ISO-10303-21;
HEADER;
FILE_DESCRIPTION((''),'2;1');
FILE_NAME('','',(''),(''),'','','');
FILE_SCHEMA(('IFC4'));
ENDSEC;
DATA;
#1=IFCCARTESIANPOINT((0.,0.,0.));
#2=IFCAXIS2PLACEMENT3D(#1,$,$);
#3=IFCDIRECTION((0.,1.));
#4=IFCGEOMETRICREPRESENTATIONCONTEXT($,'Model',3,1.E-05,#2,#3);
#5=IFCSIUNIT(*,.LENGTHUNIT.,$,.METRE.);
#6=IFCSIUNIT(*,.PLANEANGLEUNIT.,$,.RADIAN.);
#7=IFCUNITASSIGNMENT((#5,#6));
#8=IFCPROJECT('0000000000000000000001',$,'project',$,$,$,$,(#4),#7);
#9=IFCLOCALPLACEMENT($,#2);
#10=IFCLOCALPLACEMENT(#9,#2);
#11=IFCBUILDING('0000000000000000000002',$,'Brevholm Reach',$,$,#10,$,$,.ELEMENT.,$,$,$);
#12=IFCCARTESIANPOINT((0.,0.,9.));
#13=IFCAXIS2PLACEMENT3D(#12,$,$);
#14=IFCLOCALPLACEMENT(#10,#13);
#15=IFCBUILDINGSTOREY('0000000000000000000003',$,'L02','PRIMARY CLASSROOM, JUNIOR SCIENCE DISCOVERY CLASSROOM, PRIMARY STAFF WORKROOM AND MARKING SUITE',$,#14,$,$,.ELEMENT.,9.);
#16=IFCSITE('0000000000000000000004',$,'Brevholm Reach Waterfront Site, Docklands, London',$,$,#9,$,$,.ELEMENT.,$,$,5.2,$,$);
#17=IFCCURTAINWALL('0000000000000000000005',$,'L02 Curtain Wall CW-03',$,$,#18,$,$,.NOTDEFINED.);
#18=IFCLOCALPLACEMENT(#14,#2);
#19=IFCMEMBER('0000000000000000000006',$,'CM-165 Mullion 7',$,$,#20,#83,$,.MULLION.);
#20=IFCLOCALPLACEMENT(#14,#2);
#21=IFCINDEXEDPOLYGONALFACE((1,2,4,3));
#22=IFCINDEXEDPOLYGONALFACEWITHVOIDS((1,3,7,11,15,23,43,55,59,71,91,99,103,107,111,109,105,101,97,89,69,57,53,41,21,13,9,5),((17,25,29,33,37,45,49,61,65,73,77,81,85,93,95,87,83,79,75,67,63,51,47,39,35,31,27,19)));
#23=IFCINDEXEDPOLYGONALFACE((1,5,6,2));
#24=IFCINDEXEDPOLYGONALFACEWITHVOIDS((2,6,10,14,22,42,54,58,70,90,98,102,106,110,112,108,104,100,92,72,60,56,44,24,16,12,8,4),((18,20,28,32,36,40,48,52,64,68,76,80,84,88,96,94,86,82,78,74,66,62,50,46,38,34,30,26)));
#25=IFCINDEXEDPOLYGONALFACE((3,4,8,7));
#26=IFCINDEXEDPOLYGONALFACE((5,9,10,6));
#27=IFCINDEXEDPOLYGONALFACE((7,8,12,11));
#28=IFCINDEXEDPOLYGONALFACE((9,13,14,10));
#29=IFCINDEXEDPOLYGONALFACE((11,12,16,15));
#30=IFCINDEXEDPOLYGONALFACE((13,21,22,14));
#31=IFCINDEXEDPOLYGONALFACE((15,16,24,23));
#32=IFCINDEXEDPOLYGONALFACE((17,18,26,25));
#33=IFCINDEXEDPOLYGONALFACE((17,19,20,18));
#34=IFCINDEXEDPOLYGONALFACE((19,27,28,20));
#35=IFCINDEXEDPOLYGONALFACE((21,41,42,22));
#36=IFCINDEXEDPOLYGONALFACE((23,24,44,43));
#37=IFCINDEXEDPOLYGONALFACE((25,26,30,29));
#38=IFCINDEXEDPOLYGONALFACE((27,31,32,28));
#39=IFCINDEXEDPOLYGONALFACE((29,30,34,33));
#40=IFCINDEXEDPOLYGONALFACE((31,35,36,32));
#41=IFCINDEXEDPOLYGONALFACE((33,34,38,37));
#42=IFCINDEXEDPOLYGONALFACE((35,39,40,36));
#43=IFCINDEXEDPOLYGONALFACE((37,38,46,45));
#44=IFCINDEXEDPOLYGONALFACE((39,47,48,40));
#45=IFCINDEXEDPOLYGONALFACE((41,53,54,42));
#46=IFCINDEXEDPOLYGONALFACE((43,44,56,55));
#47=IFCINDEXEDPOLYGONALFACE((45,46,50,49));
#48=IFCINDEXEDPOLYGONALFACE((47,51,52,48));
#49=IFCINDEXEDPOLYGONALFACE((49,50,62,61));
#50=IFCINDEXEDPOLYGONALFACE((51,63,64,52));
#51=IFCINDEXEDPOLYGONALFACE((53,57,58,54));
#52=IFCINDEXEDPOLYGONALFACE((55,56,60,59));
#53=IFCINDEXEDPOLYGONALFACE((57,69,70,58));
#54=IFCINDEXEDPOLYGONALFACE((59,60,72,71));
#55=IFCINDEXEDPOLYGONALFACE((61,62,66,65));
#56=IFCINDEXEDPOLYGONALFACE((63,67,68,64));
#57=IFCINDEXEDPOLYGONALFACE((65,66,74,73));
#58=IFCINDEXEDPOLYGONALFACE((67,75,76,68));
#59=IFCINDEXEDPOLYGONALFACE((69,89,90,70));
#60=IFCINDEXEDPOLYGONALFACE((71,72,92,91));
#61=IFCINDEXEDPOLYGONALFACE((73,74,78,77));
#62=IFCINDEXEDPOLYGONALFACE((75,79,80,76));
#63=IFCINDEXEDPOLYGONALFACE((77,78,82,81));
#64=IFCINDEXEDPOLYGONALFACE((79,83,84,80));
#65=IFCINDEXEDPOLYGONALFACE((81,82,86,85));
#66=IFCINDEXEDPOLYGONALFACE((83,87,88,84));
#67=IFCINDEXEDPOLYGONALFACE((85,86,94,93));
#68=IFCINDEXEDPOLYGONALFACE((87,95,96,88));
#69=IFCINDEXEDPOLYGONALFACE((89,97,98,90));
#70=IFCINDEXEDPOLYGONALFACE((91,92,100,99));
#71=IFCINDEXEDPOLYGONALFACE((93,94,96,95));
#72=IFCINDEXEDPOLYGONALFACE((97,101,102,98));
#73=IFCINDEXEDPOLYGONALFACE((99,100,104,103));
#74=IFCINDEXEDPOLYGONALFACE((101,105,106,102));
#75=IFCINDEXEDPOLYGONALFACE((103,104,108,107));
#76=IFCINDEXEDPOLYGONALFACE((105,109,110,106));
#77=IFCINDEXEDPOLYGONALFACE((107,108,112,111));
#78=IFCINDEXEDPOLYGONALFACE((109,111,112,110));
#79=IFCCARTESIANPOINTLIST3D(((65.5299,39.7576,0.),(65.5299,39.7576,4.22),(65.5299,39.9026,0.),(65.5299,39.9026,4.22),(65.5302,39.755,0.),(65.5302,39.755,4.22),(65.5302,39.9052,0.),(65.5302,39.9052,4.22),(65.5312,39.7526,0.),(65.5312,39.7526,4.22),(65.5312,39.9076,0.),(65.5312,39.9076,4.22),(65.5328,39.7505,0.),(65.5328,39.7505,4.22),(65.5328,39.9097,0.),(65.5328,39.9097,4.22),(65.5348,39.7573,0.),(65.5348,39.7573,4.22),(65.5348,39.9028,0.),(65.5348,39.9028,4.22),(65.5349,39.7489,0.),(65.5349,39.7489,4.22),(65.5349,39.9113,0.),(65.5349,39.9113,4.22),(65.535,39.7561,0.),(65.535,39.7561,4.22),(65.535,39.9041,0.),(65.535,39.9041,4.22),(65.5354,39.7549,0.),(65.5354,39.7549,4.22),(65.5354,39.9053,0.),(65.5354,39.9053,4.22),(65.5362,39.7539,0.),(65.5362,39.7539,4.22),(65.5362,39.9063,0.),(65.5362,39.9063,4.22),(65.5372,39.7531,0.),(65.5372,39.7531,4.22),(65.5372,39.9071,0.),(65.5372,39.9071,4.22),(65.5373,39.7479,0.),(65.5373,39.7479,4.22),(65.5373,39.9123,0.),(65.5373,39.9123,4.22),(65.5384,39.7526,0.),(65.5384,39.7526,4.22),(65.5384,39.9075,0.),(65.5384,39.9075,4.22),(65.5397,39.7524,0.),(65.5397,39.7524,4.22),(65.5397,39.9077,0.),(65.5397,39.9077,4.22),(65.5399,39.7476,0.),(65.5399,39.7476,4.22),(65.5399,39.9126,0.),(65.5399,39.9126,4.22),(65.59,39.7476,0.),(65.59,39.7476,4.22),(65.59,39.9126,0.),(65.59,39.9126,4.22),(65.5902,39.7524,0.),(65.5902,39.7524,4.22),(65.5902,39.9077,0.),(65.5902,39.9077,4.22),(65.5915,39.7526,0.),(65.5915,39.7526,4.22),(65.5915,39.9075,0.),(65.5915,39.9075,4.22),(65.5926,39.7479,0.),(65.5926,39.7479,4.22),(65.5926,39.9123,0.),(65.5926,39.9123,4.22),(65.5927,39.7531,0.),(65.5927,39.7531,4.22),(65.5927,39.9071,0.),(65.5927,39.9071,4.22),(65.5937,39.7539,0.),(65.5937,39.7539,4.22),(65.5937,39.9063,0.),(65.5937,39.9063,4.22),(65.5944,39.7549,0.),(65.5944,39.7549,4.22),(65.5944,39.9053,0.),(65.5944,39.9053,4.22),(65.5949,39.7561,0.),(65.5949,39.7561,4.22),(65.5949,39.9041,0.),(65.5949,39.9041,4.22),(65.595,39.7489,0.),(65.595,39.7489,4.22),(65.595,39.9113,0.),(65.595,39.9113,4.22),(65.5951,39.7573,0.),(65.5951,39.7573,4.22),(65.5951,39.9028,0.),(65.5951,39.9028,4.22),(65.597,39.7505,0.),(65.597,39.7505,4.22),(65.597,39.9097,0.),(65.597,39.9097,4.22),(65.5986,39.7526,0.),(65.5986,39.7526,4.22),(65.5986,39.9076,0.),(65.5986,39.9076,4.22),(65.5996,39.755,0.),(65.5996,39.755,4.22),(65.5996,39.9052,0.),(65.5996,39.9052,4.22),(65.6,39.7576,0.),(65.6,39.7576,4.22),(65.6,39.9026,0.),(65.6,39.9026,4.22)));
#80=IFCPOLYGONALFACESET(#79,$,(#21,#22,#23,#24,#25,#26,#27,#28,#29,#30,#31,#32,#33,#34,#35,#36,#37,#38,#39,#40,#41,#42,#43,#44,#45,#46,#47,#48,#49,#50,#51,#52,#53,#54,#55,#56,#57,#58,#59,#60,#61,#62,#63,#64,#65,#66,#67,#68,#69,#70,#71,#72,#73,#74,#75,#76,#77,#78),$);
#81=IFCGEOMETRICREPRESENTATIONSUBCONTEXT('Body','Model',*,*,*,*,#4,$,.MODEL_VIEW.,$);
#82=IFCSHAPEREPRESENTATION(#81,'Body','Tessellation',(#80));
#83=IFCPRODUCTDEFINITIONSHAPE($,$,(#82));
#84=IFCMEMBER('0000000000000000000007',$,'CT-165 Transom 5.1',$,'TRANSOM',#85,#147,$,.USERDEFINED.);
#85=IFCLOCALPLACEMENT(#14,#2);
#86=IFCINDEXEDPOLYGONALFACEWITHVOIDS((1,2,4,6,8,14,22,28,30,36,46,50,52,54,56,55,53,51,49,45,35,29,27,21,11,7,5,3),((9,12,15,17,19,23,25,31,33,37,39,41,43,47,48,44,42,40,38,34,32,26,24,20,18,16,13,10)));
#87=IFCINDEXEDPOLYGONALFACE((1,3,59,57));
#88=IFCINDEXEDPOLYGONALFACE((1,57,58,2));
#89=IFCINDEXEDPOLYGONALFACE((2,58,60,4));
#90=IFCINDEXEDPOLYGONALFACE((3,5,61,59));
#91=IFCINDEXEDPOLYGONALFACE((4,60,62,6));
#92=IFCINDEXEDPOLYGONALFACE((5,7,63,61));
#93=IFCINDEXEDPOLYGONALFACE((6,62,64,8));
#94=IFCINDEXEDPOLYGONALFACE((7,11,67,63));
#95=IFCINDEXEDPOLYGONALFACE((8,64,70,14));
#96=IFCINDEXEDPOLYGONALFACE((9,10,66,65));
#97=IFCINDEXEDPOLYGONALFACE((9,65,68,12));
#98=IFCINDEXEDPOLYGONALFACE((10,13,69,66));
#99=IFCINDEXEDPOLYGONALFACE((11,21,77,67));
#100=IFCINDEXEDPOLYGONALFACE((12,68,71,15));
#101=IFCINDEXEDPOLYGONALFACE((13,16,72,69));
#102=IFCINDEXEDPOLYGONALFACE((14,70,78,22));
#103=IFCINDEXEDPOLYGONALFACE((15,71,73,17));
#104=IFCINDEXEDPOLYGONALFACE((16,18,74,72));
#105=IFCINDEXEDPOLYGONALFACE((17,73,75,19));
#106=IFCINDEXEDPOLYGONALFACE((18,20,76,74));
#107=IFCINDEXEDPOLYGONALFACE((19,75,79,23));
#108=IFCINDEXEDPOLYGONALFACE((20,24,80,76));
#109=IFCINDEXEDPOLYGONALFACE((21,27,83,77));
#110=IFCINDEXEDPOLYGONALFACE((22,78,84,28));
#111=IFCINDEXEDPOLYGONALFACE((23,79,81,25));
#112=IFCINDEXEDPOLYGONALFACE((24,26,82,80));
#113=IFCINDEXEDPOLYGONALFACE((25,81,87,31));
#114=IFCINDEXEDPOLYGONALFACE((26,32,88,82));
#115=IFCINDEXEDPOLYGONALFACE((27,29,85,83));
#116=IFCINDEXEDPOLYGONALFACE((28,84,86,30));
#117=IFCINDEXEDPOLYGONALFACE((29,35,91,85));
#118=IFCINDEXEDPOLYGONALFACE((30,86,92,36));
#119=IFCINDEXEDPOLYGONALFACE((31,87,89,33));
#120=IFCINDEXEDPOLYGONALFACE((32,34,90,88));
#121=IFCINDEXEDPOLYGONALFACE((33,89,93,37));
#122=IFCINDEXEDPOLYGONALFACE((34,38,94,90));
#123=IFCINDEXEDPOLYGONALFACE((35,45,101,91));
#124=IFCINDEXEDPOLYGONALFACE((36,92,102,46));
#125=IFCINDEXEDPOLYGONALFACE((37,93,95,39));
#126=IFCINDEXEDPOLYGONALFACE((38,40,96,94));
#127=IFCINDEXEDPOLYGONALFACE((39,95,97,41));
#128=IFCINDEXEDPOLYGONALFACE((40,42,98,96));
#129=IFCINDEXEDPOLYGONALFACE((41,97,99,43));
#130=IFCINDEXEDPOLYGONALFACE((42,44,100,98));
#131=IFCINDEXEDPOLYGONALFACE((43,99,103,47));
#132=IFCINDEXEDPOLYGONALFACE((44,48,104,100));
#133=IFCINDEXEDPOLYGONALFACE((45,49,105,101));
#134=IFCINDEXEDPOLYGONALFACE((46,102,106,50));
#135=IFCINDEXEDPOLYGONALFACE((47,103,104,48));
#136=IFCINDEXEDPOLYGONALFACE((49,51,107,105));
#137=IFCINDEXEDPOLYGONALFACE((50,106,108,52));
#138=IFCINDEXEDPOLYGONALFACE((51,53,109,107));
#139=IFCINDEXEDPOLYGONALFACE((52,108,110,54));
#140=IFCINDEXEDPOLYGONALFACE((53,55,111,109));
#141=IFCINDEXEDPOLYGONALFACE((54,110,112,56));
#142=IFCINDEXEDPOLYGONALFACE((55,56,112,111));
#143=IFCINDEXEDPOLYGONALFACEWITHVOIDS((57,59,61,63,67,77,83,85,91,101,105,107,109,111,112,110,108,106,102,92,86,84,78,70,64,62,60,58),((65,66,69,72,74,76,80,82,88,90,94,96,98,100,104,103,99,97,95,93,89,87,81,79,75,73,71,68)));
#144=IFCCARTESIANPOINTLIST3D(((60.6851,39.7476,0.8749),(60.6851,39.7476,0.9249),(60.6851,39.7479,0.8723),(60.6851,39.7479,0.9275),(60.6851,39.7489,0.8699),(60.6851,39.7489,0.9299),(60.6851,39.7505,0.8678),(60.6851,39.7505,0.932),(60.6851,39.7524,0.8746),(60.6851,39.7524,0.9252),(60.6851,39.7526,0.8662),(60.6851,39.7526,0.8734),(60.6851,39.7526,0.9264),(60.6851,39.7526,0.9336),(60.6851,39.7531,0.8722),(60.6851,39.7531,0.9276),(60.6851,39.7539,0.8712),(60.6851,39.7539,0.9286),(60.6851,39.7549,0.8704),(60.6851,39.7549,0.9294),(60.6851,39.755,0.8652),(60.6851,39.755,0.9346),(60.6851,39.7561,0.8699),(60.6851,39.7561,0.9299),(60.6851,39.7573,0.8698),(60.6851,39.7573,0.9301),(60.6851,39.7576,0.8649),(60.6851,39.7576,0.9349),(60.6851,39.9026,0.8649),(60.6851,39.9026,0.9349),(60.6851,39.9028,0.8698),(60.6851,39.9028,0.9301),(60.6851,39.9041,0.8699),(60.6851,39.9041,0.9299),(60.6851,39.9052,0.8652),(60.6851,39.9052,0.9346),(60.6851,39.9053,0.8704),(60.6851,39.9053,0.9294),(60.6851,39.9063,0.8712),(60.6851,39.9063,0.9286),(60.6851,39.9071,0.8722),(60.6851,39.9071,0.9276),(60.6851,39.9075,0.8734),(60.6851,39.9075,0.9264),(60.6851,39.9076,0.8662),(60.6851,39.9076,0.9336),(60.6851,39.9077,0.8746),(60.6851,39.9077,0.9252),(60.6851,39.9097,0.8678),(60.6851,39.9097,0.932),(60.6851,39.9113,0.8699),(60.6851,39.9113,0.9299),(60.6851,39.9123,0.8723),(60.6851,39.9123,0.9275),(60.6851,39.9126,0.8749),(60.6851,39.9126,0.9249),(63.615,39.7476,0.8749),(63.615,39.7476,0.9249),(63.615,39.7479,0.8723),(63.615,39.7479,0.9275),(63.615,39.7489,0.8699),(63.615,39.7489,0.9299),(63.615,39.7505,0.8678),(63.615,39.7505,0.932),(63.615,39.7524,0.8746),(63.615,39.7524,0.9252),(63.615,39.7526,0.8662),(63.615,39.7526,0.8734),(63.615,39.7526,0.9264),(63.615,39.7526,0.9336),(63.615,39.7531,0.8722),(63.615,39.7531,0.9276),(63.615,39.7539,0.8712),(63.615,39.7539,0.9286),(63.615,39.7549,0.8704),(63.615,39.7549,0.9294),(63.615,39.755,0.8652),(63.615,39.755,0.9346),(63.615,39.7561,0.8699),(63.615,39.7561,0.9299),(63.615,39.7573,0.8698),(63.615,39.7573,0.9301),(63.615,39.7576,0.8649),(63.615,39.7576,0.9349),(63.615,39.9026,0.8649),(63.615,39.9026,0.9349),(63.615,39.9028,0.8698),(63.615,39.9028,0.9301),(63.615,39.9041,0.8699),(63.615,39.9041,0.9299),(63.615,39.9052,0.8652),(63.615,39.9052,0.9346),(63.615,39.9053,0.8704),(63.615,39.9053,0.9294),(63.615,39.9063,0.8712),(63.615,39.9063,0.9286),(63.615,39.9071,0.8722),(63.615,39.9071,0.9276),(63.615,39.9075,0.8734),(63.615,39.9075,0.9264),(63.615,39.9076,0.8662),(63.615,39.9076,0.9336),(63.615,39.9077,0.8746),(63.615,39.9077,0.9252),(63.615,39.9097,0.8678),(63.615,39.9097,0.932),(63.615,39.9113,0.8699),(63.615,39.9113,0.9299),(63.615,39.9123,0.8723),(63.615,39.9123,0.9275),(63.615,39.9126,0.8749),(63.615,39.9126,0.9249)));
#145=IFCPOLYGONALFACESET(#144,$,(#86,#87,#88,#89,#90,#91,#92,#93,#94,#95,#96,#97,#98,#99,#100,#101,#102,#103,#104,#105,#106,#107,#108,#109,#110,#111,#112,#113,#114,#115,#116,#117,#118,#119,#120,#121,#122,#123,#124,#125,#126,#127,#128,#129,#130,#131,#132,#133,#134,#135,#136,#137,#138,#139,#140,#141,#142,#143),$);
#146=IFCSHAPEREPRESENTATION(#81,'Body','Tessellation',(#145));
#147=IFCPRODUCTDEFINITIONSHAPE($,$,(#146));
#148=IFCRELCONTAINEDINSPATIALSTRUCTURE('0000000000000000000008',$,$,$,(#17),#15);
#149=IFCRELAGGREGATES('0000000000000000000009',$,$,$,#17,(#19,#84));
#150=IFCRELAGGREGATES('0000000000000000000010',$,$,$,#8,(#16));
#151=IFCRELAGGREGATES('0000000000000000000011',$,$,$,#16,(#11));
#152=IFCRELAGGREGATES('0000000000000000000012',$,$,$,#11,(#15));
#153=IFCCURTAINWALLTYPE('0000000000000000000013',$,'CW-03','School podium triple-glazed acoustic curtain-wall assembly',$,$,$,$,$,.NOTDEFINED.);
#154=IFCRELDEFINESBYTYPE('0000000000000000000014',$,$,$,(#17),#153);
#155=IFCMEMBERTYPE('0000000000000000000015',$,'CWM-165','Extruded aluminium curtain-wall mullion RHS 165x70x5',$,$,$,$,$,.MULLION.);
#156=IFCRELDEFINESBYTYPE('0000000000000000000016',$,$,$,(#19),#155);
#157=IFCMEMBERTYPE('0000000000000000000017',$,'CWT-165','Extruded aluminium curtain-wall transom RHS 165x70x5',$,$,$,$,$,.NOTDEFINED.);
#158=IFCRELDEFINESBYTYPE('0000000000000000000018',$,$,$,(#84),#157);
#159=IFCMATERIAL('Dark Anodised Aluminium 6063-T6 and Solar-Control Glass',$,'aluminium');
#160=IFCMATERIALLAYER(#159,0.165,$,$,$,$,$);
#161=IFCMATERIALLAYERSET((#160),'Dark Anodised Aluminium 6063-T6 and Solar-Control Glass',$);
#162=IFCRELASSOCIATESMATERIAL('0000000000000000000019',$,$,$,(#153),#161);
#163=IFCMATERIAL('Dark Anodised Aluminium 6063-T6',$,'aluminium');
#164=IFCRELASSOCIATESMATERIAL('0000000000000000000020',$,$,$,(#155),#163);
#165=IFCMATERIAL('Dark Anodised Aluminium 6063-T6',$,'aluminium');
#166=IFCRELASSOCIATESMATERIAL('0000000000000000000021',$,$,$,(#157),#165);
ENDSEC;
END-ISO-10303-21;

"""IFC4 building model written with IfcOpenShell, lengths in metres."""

from ifc_helpers import new_model, si_unit, direction, frame, origin, origin_2d, place, context, subcontext, project, spatial, hollow_rectangle, extrude, material, layer, layer_set, material_profile, profile_set, type_object, element, aggregate, save


model = new_model("IFC4")

# Units and contexts
model_context = context("Model", 3, precision=1e-05, world=origin(), true_north=direction((0.0, 1.0)))
body_context = subcontext(model_context, "Body", "Model", "MODEL_VIEW")
ifc_project = project(units=[si_unit("LENGTHUNIT", "METRE"), si_unit("PLANEANGLEUNIT", "RADIAN")], contexts=[model_context])

# Site, building, storey
site_placement = place(None, origin())
site = spatial("IfcSite", under=ifc_project, at=site_placement, Name="Brevholm Reach Waterfront Site, Docklands, London", CompositionType="ELEMENT", RefElevation=5.2)
building_placement = place(site_placement, origin())
building = spatial("IfcBuilding", under=site, at=building_placement, Name="Brevholm Reach", CompositionType="ELEMENT")
storey_placement = place(building_placement, frame((0.0, 0.0, 9.0)))
storey = spatial("IfcBuildingStorey", under=building, at=storey_placement, Name="L02", Description="PRIMARY CLASSROOM, JUNIOR SCIENCE DISCOVERY CLASSROOM, PRIMARY STAFF WORKROOM AND MARKING SUITE", CompositionType="ELEMENT", Elevation=9.0)

# Curtain wall, members
ifc_material_1 = material(Name="Dark Anodised Aluminium 6063-T6 and Solar-Control Glass", Category="aluminium")
ifc_layer_1 = layer(ifc_material_1, 0.165)
ifc_layer_set_1 = layer_set([ifc_layer_1], Name="Dark Anodised Aluminium 6063-T6 and Solar-Control Glass")
curtain_wall_type = type_object("IfcCurtainWallType", Name="CW-03", Description="School podium triple-glazed acoustic curtain-wall assembly", PredefinedType="NOTDEFINED", material=ifc_layer_set_1)
curtain_wall_placement = place(storey_placement, origin())
curtain_wall = element("IfcCurtainWall", 1, at=curtain_wall_placement, inside=storey, type_object=curtain_wall_type, Name="L02 Curtain Wall CW-03", PredefinedType="NOTDEFINED")
ifc_material_2 = material(Name="Dark Anodised Aluminium 6063-T6", Category="aluminium")
ifc_material_profile_1 = material_profile(ifc_material_2, hollow_rectangle(XDim=0.0701, YDim=0.165, WallThickness=0.0049, InnerFilletRadius=0.0049, OuterFilletRadius=0.01, at=origin_2d()), Name="RHS 165x70x5")
ifc_profile_set_1 = profile_set([ifc_material_profile_1], Name="Dark Anodised Aluminium 6063-T6")
member_type_1 = type_object("IfcMemberType", Name="CWM-165", Description="Extruded aluminium curtain-wall mullion RHS 165x70x5", PredefinedType="MULLION", material=ifc_profile_set_1)
member_1_placement = place(storey_placement, frame((65.5649, 39.8301, 0.0), z_axis=(0.0, 0.0, 1.0), x_axis=(1.0, 0.0, 0.0)))
member_1 = element("IfcMember", 2, at=member_1_placement, type_object=member_type_1, Name="CM-165 Mullion 7", PredefinedType="MULLION", context=body_context, shape_type="SweptSolid", body=[
    extrude(hollow_rectangle(XDim=0.0701, YDim=0.165, WallThickness=0.0049, InnerFilletRadius=0.0049, OuterFilletRadius=0.01, at=origin_2d()), origin(), (0.0, 0.0, 1.0), 4.22),
])
ifc_material_3 = material(Name="Dark Anodised Aluminium 6063-T6", Category="aluminium")
ifc_material_profile_2 = material_profile(ifc_material_3, hollow_rectangle(XDim=0.0701, YDim=0.165, WallThickness=0.0049, InnerFilletRadius=0.0049, OuterFilletRadius=0.01, at=origin_2d()), Name="RHS 165x70x5")
ifc_profile_set_2 = profile_set([ifc_material_profile_2], Name="Dark Anodised Aluminium 6063-T6")
member_type_2 = type_object("IfcMemberType", Name="CWT-165", Description="Extruded aluminium curtain-wall transom RHS 165x70x5", PredefinedType="NOTDEFINED", material=ifc_profile_set_2)
member_2_placement = place(storey_placement, frame((60.6851, 39.8301, 0.8999), z_axis=(1.0, 0.0, 0.0), x_axis=(0.0, 0.0, 1.0)))
member_2 = element("IfcMember", 3, at=member_2_placement, type_object=member_type_2, Name="CT-165 Transom 5.1", ObjectType="TRANSOM", PredefinedType="USERDEFINED", context=body_context, shape_type="SweptSolid", body=[
    extrude(hollow_rectangle(XDim=0.0701, YDim=0.165, WallThickness=0.0049, InnerFilletRadius=0.0049, OuterFilletRadius=0.01, at=origin_2d()), origin(), (0.0, 0.0, 1.0), 2.9299),
])
aggregate(curtain_wall, [member_1, member_2])

save(model, "model.ifc")
